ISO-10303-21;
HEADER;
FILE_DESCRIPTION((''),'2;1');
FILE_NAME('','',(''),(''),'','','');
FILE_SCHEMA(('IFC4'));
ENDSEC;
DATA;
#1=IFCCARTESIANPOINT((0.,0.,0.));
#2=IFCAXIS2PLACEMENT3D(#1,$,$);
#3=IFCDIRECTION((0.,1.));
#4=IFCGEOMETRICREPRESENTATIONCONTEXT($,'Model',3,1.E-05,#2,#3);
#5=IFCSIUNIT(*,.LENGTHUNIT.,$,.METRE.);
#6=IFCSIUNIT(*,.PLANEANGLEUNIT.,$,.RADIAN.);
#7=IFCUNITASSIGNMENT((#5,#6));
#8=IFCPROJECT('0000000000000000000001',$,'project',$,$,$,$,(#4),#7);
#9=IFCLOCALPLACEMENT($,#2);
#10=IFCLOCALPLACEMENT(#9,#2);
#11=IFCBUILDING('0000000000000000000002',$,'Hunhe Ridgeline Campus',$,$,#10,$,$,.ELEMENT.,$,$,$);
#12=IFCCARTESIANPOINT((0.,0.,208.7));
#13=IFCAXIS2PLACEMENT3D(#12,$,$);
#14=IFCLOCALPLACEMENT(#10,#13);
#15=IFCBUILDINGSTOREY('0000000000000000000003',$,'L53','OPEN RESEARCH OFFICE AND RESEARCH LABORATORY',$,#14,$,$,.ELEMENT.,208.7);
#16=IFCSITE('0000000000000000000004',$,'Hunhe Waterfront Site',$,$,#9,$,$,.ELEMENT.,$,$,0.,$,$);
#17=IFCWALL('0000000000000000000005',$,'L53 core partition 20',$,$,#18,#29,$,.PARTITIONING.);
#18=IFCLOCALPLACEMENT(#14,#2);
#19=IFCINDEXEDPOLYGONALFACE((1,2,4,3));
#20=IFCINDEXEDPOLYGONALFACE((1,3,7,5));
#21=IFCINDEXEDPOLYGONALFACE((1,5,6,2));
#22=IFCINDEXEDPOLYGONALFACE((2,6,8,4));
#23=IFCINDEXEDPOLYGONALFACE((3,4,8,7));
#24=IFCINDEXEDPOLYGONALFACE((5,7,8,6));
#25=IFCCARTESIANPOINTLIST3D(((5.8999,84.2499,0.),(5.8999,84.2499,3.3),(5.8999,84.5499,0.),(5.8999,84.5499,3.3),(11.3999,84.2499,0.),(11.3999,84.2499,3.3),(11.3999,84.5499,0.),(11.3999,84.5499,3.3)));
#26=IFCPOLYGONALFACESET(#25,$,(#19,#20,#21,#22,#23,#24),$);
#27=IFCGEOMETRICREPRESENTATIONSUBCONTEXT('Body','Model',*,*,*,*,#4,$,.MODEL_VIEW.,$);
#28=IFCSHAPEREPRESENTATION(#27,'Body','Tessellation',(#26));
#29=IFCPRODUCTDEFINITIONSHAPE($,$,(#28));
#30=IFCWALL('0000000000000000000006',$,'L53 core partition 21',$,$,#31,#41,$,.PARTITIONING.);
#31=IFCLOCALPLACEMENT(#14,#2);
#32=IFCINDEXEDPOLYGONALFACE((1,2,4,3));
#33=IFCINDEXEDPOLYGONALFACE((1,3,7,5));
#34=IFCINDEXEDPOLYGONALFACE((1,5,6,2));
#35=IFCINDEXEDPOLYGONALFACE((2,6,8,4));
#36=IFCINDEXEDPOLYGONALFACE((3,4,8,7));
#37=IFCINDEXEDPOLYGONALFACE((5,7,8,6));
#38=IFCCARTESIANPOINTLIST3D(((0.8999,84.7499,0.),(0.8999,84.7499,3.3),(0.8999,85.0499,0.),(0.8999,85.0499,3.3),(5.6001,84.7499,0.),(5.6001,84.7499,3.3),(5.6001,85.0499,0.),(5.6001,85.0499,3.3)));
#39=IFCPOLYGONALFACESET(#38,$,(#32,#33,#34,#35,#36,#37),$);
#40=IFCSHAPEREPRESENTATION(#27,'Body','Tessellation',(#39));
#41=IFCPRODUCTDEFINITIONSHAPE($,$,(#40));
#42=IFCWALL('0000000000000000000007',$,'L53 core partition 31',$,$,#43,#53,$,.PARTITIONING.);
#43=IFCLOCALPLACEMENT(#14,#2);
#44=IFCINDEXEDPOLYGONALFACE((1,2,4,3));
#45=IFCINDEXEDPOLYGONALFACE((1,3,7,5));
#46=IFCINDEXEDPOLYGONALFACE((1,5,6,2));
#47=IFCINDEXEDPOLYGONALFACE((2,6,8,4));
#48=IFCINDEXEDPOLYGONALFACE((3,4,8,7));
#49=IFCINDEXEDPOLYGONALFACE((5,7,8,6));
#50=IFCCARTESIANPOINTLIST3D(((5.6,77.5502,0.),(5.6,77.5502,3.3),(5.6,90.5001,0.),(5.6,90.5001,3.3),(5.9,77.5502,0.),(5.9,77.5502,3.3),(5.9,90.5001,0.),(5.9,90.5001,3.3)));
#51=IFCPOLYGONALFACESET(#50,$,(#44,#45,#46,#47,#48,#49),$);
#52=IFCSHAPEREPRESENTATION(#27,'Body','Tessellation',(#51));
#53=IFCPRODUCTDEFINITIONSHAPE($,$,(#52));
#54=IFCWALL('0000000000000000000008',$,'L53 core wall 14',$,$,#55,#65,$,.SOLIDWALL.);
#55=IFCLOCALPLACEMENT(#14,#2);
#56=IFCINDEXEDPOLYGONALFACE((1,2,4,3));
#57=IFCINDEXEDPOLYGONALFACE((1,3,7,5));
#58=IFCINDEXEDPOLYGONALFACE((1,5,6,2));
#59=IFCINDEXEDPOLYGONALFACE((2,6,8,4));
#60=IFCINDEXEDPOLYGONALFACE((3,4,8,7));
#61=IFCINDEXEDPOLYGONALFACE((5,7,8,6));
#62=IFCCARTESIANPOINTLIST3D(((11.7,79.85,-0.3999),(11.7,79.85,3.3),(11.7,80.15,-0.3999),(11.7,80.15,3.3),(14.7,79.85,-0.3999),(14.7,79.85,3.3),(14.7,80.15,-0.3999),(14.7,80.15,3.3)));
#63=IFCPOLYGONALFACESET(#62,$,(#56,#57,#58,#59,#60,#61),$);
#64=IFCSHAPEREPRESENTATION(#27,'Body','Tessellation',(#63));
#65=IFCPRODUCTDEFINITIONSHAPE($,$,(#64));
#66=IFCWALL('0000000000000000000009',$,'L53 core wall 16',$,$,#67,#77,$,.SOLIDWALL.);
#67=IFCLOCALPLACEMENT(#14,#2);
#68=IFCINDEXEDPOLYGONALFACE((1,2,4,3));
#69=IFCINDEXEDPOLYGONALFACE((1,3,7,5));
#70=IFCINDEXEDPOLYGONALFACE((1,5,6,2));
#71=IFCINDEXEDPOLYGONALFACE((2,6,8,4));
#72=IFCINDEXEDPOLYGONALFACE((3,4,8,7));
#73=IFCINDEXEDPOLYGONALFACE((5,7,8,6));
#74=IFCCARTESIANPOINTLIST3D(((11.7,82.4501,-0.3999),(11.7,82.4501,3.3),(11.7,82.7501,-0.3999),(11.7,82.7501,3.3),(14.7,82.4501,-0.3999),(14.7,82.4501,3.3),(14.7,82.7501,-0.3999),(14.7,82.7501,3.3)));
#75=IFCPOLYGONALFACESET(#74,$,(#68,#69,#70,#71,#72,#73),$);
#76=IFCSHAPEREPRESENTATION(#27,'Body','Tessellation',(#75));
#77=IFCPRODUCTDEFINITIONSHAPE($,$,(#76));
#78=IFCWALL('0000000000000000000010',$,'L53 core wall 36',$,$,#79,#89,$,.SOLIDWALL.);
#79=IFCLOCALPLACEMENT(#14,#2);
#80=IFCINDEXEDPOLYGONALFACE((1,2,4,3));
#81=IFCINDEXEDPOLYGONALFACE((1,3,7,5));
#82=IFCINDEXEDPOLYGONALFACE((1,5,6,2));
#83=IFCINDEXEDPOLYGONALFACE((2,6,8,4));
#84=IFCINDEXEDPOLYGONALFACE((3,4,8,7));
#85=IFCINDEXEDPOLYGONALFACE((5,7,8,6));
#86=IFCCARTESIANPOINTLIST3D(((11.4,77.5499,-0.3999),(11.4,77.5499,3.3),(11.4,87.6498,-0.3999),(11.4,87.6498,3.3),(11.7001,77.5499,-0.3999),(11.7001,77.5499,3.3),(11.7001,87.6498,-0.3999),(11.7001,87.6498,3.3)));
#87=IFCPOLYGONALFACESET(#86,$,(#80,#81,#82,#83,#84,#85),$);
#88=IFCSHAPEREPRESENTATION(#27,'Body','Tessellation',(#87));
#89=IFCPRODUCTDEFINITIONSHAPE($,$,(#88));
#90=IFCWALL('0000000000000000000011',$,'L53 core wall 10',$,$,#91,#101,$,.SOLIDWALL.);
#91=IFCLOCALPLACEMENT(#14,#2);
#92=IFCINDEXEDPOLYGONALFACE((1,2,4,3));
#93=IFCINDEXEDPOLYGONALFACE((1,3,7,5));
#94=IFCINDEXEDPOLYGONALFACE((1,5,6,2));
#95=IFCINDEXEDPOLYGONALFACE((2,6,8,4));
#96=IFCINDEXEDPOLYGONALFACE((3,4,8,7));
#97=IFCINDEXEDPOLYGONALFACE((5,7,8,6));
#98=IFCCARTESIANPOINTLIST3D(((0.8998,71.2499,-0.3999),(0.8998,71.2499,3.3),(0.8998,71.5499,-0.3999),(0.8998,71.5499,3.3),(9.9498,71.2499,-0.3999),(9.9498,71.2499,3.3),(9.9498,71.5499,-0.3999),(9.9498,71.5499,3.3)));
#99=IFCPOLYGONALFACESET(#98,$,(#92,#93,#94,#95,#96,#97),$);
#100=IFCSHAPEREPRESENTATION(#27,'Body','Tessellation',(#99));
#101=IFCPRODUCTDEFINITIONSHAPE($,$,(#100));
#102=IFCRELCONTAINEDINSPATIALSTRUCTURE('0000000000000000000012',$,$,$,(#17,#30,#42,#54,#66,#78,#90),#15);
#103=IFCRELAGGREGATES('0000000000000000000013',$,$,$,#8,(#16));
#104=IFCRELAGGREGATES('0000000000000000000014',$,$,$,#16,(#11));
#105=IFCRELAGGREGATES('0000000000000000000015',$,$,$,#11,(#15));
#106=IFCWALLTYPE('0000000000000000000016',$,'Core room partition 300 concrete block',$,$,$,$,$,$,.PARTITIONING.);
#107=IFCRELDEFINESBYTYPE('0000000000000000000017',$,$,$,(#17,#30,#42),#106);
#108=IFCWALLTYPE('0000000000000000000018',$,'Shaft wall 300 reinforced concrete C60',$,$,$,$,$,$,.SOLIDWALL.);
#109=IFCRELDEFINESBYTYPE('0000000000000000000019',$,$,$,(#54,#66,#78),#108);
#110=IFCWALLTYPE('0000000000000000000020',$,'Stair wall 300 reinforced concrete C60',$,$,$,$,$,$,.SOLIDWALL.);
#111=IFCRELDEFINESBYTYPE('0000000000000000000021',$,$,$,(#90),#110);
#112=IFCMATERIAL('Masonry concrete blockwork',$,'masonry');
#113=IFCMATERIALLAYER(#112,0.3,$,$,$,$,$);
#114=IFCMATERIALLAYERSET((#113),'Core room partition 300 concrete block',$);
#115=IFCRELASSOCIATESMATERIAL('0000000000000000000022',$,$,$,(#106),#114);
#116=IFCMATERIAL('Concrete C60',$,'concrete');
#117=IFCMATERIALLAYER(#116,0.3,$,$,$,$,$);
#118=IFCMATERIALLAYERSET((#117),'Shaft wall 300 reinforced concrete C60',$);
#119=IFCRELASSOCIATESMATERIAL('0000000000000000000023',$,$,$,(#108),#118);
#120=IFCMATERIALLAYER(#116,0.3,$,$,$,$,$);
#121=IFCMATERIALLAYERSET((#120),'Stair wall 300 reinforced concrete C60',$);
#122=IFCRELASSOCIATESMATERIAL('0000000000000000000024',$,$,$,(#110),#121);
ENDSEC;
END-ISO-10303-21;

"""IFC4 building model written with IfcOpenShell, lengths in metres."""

from ifc_helpers import new_model, si_unit, direction, frame, frame_2d, origin, place, context, subcontext, project, spatial, rectangle, extrude, material, layer, layer_set, type_object, element, save


model = new_model("IFC4")

# Units and contexts
model_context = context("Model", 3, precision=1e-05, world=origin(), true_north=direction((0.0, 1.0)))
body_context = subcontext(model_context, "Body", "Model", "MODEL_VIEW")
ifc_project = project(units=[si_unit("LENGTHUNIT", "METRE"), si_unit("PLANEANGLEUNIT", "RADIAN")], contexts=[model_context])

# Site, building, storey
site_placement = place(None, origin())
site = spatial("IfcSite", under=ifc_project, at=site_placement, Name="Hunhe Waterfront Site", CompositionType="ELEMENT", RefElevation=0.0)
building_placement = place(site_placement, origin())
building = spatial("IfcBuilding", under=site, at=building_placement, Name="Hunhe Ridgeline Campus", CompositionType="ELEMENT")
storey_placement = place(building_placement, frame((0.0, 0.0, 208.7)))
storey = spatial("IfcBuildingStorey", under=building, at=storey_placement, Name="L53", Description="OPEN RESEARCH OFFICE AND RESEARCH LABORATORY", CompositionType="ELEMENT", Elevation=208.7)

# Shared definitions
ifc_material_1 = material(Name="Masonry concrete blockwork", Category="masonry")
ifc_layer_1 = layer(ifc_material_1, 0.3)
ifc_layer_set_1 = layer_set([ifc_layer_1], Name="Core room partition 300 concrete block")
wall_type_1 = type_object("IfcWallType", Name="Core room partition 300 concrete block", PredefinedType="PARTITIONING", material=ifc_layer_set_1)

# Walls
wall_1_placement = place(storey_placement, frame((5.8999, 84.3999, 0.0), z_axis=(0.0, 0.0, 1.0), x_axis=(1.0, 0.0, 0.0)))
element("IfcWall", 1, at=wall_1_placement, inside=storey, type_object=wall_type_1, Name="L53 core partition 20", PredefinedType="PARTITIONING", context=body_context, shape_type="SweptSolid", body=[
    extrude(rectangle(XDim=5.5, YDim=0.3, at=frame_2d((2.75, 0.0))), origin(), (0.0, 0.0, 1.0), 3.3),
])
wall_2_placement = place(storey_placement, frame((0.8999, 84.8999, 0.0), z_axis=(0.0, 0.0, 1.0), x_axis=(1.0, 0.0, 0.0)))
element("IfcWall", 2, at=wall_2_placement, inside=storey, type_object=wall_type_1, Name="L53 core partition 21", PredefinedType="PARTITIONING", context=body_context, shape_type="SweptSolid", body=[
    extrude(rectangle(XDim=4.7002, YDim=0.3, at=frame_2d((2.3501, 0.0))), origin(), (0.0, 0.0, 1.0), 3.3),
])
wall_3_placement = place(storey_placement, frame((5.75, 77.55, 0.0), z_axis=(0.0, 0.0, 1.0), x_axis=(0.0, 1.0, 0.0)))
element("IfcWall", 3, at=wall_3_placement, inside=storey, type_object=wall_type_1, Name="L53 core partition 31", PredefinedType="PARTITIONING", context=body_context, shape_type="SweptSolid", body=[
    extrude(rectangle(XDim=12.95, YDim=0.3, at=frame_2d((6.4751, 0.0))), origin(), (0.0, 0.0, 1.0), 3.3),
])

# Shared definitions
ifc_material_2 = material(Name="Concrete C60", Category="concrete")
ifc_layer_2 = layer(ifc_material_2, 0.3)
ifc_layer_set_2 = layer_set([ifc_layer_2], Name="Shaft wall 300 reinforced concrete C60")
wall_type_2 = type_object("IfcWallType", Name="Shaft wall 300 reinforced concrete C60", PredefinedType="SOLIDWALL", material=ifc_layer_set_2)

# Walls
for number, where, z_axis, x_axis, name in (
    (4, (11.7, 80.0, -0.3999), (0.0, 0.0, 1.0), (1.0, 0.0, 0.0), "L53 core wall 14"),
    (5, (11.7, 82.6001, -0.3999), (0.0, 0.0, 1.0), (1.0, 0.0, 0.0), "L53 core wall 16"),
):
    element("IfcWall", number, at=place(storey_placement, frame(where, z_axis=z_axis, x_axis=x_axis)), inside=storey, type_object=wall_type_2, Name=name, PredefinedType="SOLIDWALL", context=body_context, shape_type="SweptSolid", body=[
        extrude(rectangle(XDim=3.0, YDim=0.3, at=frame_2d((1.5, 0.0))), origin(), (0.0, 0.0, 1.0), 3.7),
    ])
wall_4_placement = place(storey_placement, frame((11.55, 77.55, -0.3999), z_axis=(0.0, 0.0, 1.0), x_axis=(0.0, 1.0, 0.0)))
element("IfcWall", 6, at=wall_4_placement, inside=storey, type_object=wall_type_2, Name="L53 core wall 36", PredefinedType="SOLIDWALL", context=body_context, shape_type="SweptSolid", body=[
    extrude(rectangle(XDim=10.0999, YDim=0.3, at=frame_2d((5.0498, 0.0))), origin(), (0.0, 0.0, 1.0), 3.7),
])
ifc_layer_3 = layer(ifc_material_2, 0.3)
ifc_layer_set_3 = layer_set([ifc_layer_3], Name="Stair wall 300 reinforced concrete C60")
wall_type_3 = type_object("IfcWallType", Name="Stair wall 300 reinforced concrete C60", PredefinedType="SOLIDWALL", material=ifc_layer_set_3)
wall_5_placement = place(storey_placement, frame((0.8999, 71.3999, -0.3999), z_axis=(0.0, 0.0, 1.0), x_axis=(1.0, 0.0, 0.0)))
element("IfcWall", 7, at=wall_5_placement, inside=storey, type_object=wall_type_3, Name="L53 core wall 10", PredefinedType="SOLIDWALL", context=body_context, shape_type="SweptSolid", body=[
    extrude(rectangle(XDim=9.05, YDim=0.3, at=frame_2d((4.5249, 0.0))), origin(), (0.0, 0.0, 1.0), 3.7),
])

save(model, "model.ifc")
